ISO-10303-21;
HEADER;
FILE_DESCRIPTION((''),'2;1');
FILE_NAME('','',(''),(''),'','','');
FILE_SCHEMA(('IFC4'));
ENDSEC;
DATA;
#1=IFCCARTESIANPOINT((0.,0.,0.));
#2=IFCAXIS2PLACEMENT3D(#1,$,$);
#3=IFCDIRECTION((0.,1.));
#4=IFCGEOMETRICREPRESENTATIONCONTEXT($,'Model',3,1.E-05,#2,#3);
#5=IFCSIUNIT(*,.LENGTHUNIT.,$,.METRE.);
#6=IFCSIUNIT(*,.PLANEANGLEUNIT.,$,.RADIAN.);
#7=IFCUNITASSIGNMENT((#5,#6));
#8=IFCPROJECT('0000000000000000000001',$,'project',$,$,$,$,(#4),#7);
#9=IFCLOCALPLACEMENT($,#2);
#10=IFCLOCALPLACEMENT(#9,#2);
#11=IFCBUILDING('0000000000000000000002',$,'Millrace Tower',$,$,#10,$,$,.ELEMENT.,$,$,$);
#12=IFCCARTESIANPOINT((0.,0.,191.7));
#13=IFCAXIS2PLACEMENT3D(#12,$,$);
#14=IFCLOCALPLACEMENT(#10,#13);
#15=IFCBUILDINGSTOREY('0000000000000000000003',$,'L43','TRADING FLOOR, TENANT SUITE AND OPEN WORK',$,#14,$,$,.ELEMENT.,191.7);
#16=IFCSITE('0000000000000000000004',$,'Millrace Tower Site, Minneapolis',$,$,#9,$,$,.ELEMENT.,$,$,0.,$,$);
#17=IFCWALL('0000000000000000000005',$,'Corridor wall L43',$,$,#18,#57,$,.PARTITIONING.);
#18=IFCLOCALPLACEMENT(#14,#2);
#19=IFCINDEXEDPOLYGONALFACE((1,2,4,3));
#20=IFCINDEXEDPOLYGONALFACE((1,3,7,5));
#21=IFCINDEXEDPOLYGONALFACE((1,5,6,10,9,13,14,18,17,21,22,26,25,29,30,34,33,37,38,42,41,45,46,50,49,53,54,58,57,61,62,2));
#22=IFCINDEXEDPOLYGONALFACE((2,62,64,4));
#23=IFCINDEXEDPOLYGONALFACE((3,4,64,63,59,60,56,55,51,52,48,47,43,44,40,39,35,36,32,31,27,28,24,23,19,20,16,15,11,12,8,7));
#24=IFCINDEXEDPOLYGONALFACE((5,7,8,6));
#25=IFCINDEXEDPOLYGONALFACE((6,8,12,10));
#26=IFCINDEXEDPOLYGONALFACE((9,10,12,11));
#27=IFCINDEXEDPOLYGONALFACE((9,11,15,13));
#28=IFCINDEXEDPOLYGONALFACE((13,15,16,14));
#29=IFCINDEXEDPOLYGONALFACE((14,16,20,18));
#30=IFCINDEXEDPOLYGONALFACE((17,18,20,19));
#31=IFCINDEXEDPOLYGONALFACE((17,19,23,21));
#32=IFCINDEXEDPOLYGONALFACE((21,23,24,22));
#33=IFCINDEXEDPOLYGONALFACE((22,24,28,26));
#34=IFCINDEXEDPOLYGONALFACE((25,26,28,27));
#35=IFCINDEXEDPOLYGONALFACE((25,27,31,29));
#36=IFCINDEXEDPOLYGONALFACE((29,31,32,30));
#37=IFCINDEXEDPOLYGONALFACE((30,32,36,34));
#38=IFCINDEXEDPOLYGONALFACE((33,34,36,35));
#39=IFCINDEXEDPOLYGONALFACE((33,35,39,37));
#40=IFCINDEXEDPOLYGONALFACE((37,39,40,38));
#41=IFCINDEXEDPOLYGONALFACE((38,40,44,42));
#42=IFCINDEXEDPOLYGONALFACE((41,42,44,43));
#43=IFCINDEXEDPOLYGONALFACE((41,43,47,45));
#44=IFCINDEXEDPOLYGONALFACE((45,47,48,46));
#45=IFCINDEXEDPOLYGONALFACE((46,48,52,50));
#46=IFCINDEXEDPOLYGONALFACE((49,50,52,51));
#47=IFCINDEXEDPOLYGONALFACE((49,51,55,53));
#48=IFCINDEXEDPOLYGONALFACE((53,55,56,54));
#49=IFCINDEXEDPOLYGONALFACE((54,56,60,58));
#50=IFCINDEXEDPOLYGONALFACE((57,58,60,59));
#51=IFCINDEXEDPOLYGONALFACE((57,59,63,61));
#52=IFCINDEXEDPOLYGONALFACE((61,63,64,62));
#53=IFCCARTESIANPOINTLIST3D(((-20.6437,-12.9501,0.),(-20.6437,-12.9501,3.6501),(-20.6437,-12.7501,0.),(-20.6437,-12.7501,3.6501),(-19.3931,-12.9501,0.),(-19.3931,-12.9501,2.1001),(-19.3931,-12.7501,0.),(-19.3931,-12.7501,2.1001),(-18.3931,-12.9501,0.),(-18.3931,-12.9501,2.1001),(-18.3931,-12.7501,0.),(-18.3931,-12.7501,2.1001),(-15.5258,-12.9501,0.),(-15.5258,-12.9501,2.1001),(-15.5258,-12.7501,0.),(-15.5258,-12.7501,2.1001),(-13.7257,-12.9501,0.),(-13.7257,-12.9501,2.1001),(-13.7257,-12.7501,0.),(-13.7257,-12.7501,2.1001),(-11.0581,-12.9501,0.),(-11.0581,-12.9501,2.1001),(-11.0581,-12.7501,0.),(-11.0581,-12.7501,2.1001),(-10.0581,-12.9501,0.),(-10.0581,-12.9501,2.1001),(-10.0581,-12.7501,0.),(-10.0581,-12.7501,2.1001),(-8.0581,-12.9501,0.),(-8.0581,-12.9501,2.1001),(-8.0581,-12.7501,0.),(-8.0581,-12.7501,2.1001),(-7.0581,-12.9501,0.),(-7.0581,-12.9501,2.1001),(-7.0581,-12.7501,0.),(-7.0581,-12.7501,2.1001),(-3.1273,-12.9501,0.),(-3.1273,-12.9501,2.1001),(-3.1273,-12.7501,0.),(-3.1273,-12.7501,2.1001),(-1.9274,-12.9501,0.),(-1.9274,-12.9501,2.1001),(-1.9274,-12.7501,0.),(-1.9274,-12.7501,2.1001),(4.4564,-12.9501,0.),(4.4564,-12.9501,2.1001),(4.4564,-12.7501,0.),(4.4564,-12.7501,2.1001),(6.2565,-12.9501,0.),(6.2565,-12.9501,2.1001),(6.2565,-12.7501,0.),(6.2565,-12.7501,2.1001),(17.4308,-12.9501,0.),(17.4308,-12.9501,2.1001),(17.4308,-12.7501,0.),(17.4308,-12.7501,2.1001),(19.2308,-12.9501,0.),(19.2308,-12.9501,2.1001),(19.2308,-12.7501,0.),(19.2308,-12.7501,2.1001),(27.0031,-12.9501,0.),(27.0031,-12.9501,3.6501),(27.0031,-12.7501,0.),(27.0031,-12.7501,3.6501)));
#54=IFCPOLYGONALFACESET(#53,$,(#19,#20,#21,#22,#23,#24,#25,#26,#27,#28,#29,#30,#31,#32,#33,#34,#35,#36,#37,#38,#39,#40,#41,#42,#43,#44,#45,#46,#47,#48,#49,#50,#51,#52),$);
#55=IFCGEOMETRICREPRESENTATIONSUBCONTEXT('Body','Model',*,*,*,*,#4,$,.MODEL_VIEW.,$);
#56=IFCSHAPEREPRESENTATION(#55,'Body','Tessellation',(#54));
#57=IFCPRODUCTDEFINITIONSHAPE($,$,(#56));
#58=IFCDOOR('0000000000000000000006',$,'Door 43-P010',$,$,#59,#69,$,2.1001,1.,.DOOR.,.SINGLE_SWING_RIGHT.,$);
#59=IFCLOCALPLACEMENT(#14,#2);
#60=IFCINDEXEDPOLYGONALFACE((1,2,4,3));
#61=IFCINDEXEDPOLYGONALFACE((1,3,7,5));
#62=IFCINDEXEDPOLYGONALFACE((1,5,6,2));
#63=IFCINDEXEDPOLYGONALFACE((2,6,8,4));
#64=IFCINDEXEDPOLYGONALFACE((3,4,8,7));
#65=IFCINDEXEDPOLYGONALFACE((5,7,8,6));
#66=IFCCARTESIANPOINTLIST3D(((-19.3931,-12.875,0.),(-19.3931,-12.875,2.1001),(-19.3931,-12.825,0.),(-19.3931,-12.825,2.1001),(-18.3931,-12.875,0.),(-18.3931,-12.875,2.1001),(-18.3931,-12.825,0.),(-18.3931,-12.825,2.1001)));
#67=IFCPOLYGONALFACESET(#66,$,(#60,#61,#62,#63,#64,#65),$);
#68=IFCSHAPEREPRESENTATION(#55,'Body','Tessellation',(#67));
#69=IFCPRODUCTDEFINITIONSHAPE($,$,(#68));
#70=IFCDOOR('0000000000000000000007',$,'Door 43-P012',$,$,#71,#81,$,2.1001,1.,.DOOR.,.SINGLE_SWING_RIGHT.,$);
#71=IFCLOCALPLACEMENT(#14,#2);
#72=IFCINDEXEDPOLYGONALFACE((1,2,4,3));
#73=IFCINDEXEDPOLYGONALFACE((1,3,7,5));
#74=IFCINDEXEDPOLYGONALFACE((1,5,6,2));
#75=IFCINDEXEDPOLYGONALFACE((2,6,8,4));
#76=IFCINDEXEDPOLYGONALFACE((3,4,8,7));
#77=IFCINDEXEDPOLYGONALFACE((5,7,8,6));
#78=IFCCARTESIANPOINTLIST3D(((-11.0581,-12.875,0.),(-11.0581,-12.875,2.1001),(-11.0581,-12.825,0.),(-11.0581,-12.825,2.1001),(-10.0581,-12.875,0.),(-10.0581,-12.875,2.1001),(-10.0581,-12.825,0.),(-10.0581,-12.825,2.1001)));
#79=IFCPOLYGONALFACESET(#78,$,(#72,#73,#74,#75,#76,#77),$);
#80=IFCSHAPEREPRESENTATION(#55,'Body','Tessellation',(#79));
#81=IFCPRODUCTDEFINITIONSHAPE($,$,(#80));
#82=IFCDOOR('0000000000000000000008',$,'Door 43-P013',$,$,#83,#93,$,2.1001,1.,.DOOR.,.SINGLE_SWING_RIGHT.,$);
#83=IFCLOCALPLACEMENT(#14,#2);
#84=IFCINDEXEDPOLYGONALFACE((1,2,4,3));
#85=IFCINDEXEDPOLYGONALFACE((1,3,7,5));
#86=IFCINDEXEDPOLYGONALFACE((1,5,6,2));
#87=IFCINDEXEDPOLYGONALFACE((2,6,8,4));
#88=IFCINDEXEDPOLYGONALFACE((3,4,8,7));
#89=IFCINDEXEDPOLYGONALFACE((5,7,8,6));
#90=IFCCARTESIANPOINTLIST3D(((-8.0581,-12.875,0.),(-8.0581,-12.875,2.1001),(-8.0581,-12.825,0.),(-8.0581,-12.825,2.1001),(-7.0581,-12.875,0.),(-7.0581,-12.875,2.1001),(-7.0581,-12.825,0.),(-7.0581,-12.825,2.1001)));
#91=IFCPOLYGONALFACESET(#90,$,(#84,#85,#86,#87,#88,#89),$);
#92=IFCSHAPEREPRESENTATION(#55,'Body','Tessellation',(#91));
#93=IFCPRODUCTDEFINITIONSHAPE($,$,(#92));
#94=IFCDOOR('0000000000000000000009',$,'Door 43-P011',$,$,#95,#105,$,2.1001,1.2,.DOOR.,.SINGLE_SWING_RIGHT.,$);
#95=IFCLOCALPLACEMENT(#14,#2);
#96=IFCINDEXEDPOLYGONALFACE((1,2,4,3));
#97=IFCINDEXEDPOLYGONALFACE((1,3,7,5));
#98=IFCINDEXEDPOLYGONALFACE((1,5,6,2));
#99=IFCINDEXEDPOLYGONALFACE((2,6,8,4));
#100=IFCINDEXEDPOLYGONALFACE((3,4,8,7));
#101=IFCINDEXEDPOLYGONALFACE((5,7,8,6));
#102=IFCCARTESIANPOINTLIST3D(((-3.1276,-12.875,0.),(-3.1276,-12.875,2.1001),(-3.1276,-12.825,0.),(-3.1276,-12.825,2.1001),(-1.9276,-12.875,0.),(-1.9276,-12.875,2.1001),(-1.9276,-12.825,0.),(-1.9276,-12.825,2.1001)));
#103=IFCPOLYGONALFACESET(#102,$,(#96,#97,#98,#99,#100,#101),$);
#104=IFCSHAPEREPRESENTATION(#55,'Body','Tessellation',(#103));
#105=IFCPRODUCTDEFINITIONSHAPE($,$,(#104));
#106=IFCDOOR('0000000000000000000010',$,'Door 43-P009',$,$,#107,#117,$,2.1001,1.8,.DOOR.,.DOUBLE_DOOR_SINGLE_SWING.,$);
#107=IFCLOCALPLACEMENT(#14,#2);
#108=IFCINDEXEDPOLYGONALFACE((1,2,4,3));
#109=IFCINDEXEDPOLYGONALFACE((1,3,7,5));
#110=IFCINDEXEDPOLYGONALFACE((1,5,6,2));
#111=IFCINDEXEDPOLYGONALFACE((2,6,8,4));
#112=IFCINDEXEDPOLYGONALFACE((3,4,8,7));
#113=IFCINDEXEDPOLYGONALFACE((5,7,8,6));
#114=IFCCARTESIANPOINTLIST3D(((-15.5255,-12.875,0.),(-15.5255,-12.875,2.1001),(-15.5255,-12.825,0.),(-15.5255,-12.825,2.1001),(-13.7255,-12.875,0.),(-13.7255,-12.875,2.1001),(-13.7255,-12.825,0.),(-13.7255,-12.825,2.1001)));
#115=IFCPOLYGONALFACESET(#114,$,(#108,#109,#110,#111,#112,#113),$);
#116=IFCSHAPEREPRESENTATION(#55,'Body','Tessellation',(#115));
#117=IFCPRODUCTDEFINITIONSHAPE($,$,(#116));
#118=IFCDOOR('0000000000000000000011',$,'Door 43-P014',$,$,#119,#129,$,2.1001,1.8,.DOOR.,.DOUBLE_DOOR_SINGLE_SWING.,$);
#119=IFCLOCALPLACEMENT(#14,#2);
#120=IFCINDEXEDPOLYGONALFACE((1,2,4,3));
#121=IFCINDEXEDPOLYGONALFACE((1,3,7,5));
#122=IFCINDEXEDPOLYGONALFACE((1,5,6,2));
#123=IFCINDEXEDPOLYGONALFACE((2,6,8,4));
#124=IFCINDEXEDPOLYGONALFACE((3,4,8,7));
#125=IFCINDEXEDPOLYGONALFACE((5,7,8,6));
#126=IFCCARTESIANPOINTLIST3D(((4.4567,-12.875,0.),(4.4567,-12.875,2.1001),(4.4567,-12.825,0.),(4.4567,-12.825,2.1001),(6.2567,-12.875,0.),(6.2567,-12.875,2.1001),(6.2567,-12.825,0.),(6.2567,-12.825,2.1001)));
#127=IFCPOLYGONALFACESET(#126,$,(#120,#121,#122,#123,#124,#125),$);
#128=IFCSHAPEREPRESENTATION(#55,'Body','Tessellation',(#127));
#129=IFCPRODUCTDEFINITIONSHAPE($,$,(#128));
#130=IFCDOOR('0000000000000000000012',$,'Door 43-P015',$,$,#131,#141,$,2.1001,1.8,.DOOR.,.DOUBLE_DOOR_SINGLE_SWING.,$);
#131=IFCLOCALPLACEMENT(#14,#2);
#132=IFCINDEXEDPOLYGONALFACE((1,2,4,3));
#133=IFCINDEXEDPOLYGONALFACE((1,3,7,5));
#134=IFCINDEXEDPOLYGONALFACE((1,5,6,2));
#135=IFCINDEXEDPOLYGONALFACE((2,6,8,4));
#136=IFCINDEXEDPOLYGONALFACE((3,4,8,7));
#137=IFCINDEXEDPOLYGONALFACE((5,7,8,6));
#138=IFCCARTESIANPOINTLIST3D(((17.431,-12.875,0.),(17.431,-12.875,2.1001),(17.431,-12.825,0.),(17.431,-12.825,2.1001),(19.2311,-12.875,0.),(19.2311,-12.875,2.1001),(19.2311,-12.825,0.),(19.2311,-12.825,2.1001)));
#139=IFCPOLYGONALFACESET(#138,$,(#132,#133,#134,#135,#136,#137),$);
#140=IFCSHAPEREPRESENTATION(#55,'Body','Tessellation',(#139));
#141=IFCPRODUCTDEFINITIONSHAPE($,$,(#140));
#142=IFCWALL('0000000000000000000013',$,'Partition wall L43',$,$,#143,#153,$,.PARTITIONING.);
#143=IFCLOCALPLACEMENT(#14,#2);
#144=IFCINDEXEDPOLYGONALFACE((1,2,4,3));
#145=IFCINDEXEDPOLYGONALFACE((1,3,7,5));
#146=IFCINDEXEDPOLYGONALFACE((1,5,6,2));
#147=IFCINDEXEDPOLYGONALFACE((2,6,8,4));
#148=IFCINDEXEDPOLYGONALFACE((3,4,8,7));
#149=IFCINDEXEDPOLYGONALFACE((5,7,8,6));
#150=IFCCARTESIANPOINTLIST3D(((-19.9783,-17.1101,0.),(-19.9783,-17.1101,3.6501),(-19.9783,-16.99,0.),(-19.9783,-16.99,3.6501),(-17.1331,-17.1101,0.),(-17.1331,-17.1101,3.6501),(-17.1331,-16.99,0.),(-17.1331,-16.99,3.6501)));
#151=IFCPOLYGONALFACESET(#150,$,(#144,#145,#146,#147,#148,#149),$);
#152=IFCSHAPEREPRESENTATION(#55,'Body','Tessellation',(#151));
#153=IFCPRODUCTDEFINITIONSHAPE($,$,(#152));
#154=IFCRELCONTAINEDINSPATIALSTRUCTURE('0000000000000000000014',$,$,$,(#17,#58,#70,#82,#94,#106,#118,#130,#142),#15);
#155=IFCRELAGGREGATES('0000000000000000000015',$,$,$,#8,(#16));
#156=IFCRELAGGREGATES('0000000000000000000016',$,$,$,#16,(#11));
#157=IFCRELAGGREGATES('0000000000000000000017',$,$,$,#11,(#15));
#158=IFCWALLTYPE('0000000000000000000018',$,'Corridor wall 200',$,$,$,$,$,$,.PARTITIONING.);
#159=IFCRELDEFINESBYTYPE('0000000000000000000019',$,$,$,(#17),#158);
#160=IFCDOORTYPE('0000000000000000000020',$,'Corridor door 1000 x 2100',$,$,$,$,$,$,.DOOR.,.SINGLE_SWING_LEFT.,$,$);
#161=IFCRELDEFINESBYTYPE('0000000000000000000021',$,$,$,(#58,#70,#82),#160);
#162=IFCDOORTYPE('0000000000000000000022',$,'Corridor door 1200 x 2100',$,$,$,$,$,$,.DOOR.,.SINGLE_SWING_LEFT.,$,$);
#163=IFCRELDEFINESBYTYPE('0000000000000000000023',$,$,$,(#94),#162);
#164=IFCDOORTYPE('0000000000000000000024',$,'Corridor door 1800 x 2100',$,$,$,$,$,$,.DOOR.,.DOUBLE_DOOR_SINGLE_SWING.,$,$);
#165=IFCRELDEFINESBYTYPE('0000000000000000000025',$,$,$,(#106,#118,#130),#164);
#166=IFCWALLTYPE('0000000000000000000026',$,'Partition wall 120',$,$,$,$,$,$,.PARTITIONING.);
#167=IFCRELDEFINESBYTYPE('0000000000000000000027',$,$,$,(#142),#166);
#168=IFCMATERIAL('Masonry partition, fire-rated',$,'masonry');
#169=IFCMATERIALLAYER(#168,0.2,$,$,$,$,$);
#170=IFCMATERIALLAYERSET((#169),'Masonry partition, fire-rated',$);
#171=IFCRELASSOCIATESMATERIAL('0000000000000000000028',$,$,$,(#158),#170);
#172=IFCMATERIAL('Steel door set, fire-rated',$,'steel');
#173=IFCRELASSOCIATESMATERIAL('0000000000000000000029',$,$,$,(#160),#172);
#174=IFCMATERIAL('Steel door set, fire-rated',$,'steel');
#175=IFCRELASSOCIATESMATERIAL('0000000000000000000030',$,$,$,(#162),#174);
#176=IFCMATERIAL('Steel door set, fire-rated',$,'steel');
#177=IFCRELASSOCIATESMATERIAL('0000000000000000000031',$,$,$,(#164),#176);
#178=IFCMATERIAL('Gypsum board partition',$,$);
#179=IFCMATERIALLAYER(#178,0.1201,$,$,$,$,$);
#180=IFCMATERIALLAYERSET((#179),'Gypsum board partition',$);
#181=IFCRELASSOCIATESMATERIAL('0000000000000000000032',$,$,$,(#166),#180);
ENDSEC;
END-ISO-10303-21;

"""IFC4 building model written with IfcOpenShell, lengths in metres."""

from ifc_helpers import new_model, si_unit, direction, frame, frame_2d, origin, place, context, subcontext, project, spatial, rectangle, extrude, material, layer, layer_set, type_object, element, fill, save


model = new_model("IFC4")

# Units and contexts
model_context = context("Model", 3, precision=1e-05, world=origin(), true_north=direction((0.0, 1.0)))
body_context = subcontext(model_context, "Body", "Model", "MODEL_VIEW")
ifc_project = project(units=[si_unit("LENGTHUNIT", "METRE"), si_unit("PLANEANGLEUNIT", "RADIAN")], contexts=[model_context])

# Site, building, storey
site_placement = place(None, origin())
site = spatial("IfcSite", under=ifc_project, at=site_placement, Name="Millrace Tower Site, Minneapolis", CompositionType="ELEMENT", RefElevation=0.0)
building_placement = place(site_placement, origin())
building = spatial("IfcBuilding", under=site, at=building_placement, Name="Millrace Tower", CompositionType="ELEMENT")
storey_placement = place(building_placement, frame((0.0, 0.0, 191.7)))
storey = spatial("IfcBuildingStorey", under=building, at=storey_placement, Name="L43", Description="TRADING FLOOR, TENANT SUITE AND OPEN WORK", CompositionType="ELEMENT", Elevation=191.7)

# Wall, openings, doors
ifc_material_1 = material(Name="Masonry partition, fire-rated", Category="masonry")
ifc_layer_1 = layer(ifc_material_1, 0.2)
ifc_layer_set_1 = layer_set([ifc_layer_1], Name="Masonry partition, fire-rated")
wall_type_1 = type_object("IfcWallType", Name="Corridor wall 200", PredefinedType="PARTITIONING", material=ifc_layer_set_1)
wall_1_placement = place(storey_placement, frame((-20.6436, -12.8501, 0.0), z_axis=(0.0, 0.0, 1.0), x_axis=(1.0, 0.0, 0.0)))
wall_1 = element("IfcWall", 1, at=wall_1_placement, inside=storey, type_object=wall_type_1, Name="Corridor wall L43", PredefinedType="PARTITIONING", context=body_context, shape_type="SweptSolid", body=[
    extrude(rectangle(XDim=47.6467, YDim=0.2, at=frame_2d((23.8232, 0.0))), origin(), (0.0, 0.0, 1.0), 3.6501),
])
opening_1_placement = place(wall_1_placement, frame((5.1179, 0.0, 0.0)))
opening_1 = element("IfcOpeningElement", 2, at=opening_1_placement, cuts=wall_1, PredefinedType="OPENING", context=body_context, shape_type="SweptSolid", body=[
    extrude(rectangle(XDim=1.8, YDim=2.1001, at=frame_2d((0.8999, 1.05))), frame((0.0, 0.1099, 0.0), z_axis=(0.0, -1.0, 0.0), x_axis=(1.0, 0.0, 0.0)), (0.0, 0.0, 1.0), 0.22),
])
opening_2_placement = place(wall_1_placement, frame((1.2505, 0.0, 0.0)))
opening_2 = element("IfcOpeningElement", 3, at=opening_2_placement, cuts=wall_1, PredefinedType="OPENING", context=body_context, shape_type="SweptSolid", body=[
    extrude(rectangle(XDim=1.0, YDim=2.1001, at=frame_2d((0.5, 1.05))), frame((0.0, 0.1099, 0.0), z_axis=(0.0, -1.0, 0.0), x_axis=(1.0, 0.0, 0.0)), (0.0, 0.0, 1.0), 0.22),
])
opening_3_placement = place(wall_1_placement, frame((17.5161, 0.0, 0.0)))
opening_3 = element("IfcOpeningElement", 4, at=opening_3_placement, cuts=wall_1, PredefinedType="OPENING", context=body_context, shape_type="SweptSolid", body=[
    extrude(rectangle(XDim=1.2, YDim=2.1001, at=frame_2d((0.6001, 1.05))), frame((0.0, 0.1099, 0.0), z_axis=(0.0, -1.0, 0.0), x_axis=(1.0, 0.0, 0.0)), (0.0, 0.0, 1.0), 0.22),
])
opening_4_placement = place(wall_1_placement, frame((9.5854, 0.0, 0.0)))
opening_4 = element("IfcOpeningElement", 5, at=opening_4_placement, cuts=wall_1, PredefinedType="OPENING", context=body_context, shape_type="SweptSolid", body=[
    extrude(rectangle(XDim=1.0, YDim=2.1001, at=frame_2d((0.5, 1.05))), frame((0.0, 0.1099, 0.0), z_axis=(0.0, -1.0, 0.0), x_axis=(1.0, 0.0, 0.0)), (0.0, 0.0, 1.0), 0.22),
])
opening_5_placement = place(wall_1_placement, frame((12.5854, 0.0, 0.0)))
opening_5 = element("IfcOpeningElement", 6, at=opening_5_placement, cuts=wall_1, PredefinedType="OPENING", context=body_context, shape_type="SweptSolid", body=[
    extrude(rectangle(XDim=1.0, YDim=2.1001, at=frame_2d((0.5, 1.05))), frame((0.0, 0.1099, 0.0), z_axis=(0.0, -1.0, 0.0), x_axis=(1.0, 0.0, 0.0)), (0.0, 0.0, 1.0), 0.22),
])
opening_6_placement = place(wall_1_placement, frame((25.1001, 0.0, 0.0)))
opening_6 = element("IfcOpeningElement", 7, at=opening_6_placement, cuts=wall_1, PredefinedType="OPENING", context=body_context, shape_type="SweptSolid", body=[
    extrude(rectangle(XDim=1.8, YDim=2.1001, at=frame_2d((0.8999, 1.05))), frame((0.0, 0.1099, 0.0), z_axis=(0.0, -1.0, 0.0), x_axis=(1.0, 0.0, 0.0)), (0.0, 0.0, 1.0), 0.22),
])
opening_7_placement = place(wall_1_placement, frame((38.0745, 0.0, 0.0)))
opening_7 = element("IfcOpeningElement", 8, at=opening_7_placement, cuts=wall_1, PredefinedType="OPENING", context=body_context, shape_type="SweptSolid", body=[
    extrude(rectangle(XDim=1.8, YDim=2.1001, at=frame_2d((0.8999, 1.05))), frame((0.0, 0.1099, 0.0), z_axis=(0.0, -1.0, 0.0), x_axis=(1.0, 0.0, 0.0)), (0.0, 0.0, 1.0), 0.22),
])
ifc_material_2 = material(Name="Steel door set, fire-rated", Category="steel")
door_type_1 = type_object("IfcDoorType", Name="Corridor door 1000 x 2100", OperationType="SINGLE_SWING_LEFT", PredefinedType="DOOR", material=ifc_material_2)
door_1_placement = place(opening_2_placement, frame((1.0, 0.0, 0.0), z_axis=(0.0, 0.0, 1.0), x_axis=(-1.0, 0.0, 0.0)))
door_1 = element("IfcDoor", 9, at=door_1_placement, inside=storey, type_object=door_type_1, Name="Door 43-P010", OperationType="SINGLE_SWING_RIGHT", OverallHeight=2.1001, OverallWidth=1.0, PredefinedType="DOOR", context=body_context, shape_type="SweptSolid", body=[
    extrude(rectangle(XDim=1.0, YDim=2.1001, at=frame_2d((0.5, 1.05))), frame((0.0, 0.0249, 0.0), z_axis=(0.0, -1.0, 0.0), x_axis=(1.0, 0.0, 0.0)), (0.0, 0.0, 1.0), 0.05),
])
fill(opening_2, door_1)
door_2_placement = place(opening_4_placement, frame((1.0, 0.0, 0.0), z_axis=(0.0, 0.0, 1.0), x_axis=(-1.0, 0.0, 0.0)))
door_2 = element("IfcDoor", 10, at=door_2_placement, inside=storey, type_object=door_type_1, Name="Door 43-P012", OperationType="SINGLE_SWING_RIGHT", OverallHeight=2.1001, OverallWidth=1.0, PredefinedType="DOOR", context=body_context, shape_type="SweptSolid", body=[
    extrude(rectangle(XDim=1.0, YDim=2.1001, at=frame_2d((0.5, 1.05))), frame((0.0, 0.0249, 0.0), z_axis=(0.0, -1.0, 0.0), x_axis=(1.0, 0.0, 0.0)), (0.0, 0.0, 1.0), 0.05),
])
fill(opening_4, door_2)
door_3_placement = place(opening_5_placement, frame((1.0, 0.0, 0.0), z_axis=(0.0, 0.0, 1.0), x_axis=(-1.0, 0.0, 0.0)))
door_3 = element("IfcDoor", 11, at=door_3_placement, inside=storey, type_object=door_type_1, Name="Door 43-P013", OperationType="SINGLE_SWING_RIGHT", OverallHeight=2.1001, OverallWidth=1.0, PredefinedType="DOOR", context=body_context, shape_type="SweptSolid", body=[
    extrude(rectangle(XDim=1.0, YDim=2.1001, at=frame_2d((0.5, 1.05))), frame((0.0, 0.0249, 0.0), z_axis=(0.0, -1.0, 0.0), x_axis=(1.0, 0.0, 0.0)), (0.0, 0.0, 1.0), 0.05),
])
fill(opening_5, door_3)
ifc_material_3 = material(Name="Steel door set, fire-rated", Category="steel")
door_type_2 = type_object("IfcDoorType", Name="Corridor door 1200 x 2100", OperationType="SINGLE_SWING_LEFT", PredefinedType="DOOR", material=ifc_material_3)
door_4_placement = place(opening_3_placement, frame((1.2, 0.0, 0.0), z_axis=(0.0, 0.0, 1.0), x_axis=(-1.0, 0.0, 0.0)))
door_4 = element("IfcDoor", 12, at=door_4_placement, inside=storey, type_object=door_type_2, Name="Door 43-P011", OperationType="SINGLE_SWING_RIGHT", OverallHeight=2.1001, OverallWidth=1.2, PredefinedType="DOOR", context=body_context, shape_type="SweptSolid", body=[
    extrude(rectangle(XDim=1.2, YDim=2.1001, at=frame_2d((0.6001, 1.05))), frame((0.0, 0.0249, 0.0), z_axis=(0.0, -1.0, 0.0), x_axis=(1.0, 0.0, 0.0)), (0.0, 0.0, 1.0), 0.05),
])
fill(opening_3, door_4)
ifc_material_4 = material(Name="Steel door set, fire-rated", Category="steel")
door_type_3 = type_object("IfcDoorType", Name="Corridor door 1800 x 2100", OperationType="DOUBLE_DOOR_SINGLE_SWING", PredefinedType="DOOR", material=ifc_material_4)
door_5_placement = place(opening_1_placement, frame((1.8, 0.0, 0.0), z_axis=(0.0, 0.0, 1.0), x_axis=(-1.0, 0.0, 0.0)))
door_5 = element("IfcDoor", 13, at=door_5_placement, inside=storey, type_object=door_type_3, Name="Door 43-P009", OperationType="DOUBLE_DOOR_SINGLE_SWING", OverallHeight=2.1001, OverallWidth=1.8, PredefinedType="DOOR", context=body_context, shape_type="SweptSolid", body=[
    extrude(rectangle(XDim=1.8, YDim=2.1001, at=frame_2d((0.8999, 1.05))), frame((0.0, 0.0249, 0.0), z_axis=(0.0, -1.0, 0.0), x_axis=(1.0, 0.0, 0.0)), (0.0, 0.0, 1.0), 0.05),
])
fill(opening_1, door_5)
door_6_placement = place(opening_6_placement, frame((1.8, 0.0, 0.0), z_axis=(0.0, 0.0, 1.0), x_axis=(-1.0, 0.0, 0.0)))
door_6 = element("IfcDoor", 14, at=door_6_placement, inside=storey, type_object=door_type_3, Name="Door 43-P014", OperationType="DOUBLE_DOOR_SINGLE_SWING", OverallHeight=2.1001, OverallWidth=1.8, PredefinedType="DOOR", context=body_context, shape_type="SweptSolid", body=[
    extrude(rectangle(XDim=1.8, YDim=2.1001, at=frame_2d((0.8999, 1.05))), frame((0.0, 0.0249, 0.0), z_axis=(0.0, -1.0, 0.0), x_axis=(1.0, 0.0, 0.0)), (0.0, 0.0, 1.0), 0.05),
])
fill(opening_6, door_6)
door_7_placement = place(opening_7_placement, frame((1.8, 0.0, 0.0), z_axis=(0.0, 0.0, 1.0), x_axis=(-1.0, 0.0, 0.0)))
door_7 = element("IfcDoor", 15, at=door_7_placement, inside=storey, type_object=door_type_3, Name="Door 43-P015", OperationType="DOUBLE_DOOR_SINGLE_SWING", OverallHeight=2.1001, OverallWidth=1.8, PredefinedType="DOOR", context=body_context, shape_type="SweptSolid", body=[
    extrude(rectangle(XDim=1.8, YDim=2.1001, at=frame_2d((0.8999, 1.05))), frame((0.0, 0.0249, 0.0), z_axis=(0.0, -1.0, 0.0), x_axis=(1.0, 0.0, 0.0)), (0.0, 0.0, 1.0), 0.05),
])
fill(opening_7, door_7)

# Wall
ifc_material_5 = material(Name="Gypsum board partition")
ifc_layer_2 = layer(ifc_material_5, 0.1201)
ifc_layer_set_2 = layer_set([ifc_layer_2], Name="Gypsum board partition")
wall_type_2 = type_object("IfcWallType", Name="Partition wall 120", PredefinedType="PARTITIONING", material=ifc_layer_set_2)
wall_2_placement = place(storey_placement, frame((-19.9783, -17.05, 0.0), z_axis=(0.0, 0.0, 1.0), x_axis=(1.0, 0.0, 0.0)))
element("IfcWall", 16, at=wall_2_placement, inside=storey, type_object=wall_type_2, Name="Partition wall L43", PredefinedType="PARTITIONING", context=body_context, shape_type="SweptSolid", body=[
    extrude(rectangle(XDim=2.8452, YDim=0.1201, at=frame_2d((1.4226, 0.0))), origin(), (0.0, 0.0, 1.0), 3.6501),
])

save(model, "model.ifc")
